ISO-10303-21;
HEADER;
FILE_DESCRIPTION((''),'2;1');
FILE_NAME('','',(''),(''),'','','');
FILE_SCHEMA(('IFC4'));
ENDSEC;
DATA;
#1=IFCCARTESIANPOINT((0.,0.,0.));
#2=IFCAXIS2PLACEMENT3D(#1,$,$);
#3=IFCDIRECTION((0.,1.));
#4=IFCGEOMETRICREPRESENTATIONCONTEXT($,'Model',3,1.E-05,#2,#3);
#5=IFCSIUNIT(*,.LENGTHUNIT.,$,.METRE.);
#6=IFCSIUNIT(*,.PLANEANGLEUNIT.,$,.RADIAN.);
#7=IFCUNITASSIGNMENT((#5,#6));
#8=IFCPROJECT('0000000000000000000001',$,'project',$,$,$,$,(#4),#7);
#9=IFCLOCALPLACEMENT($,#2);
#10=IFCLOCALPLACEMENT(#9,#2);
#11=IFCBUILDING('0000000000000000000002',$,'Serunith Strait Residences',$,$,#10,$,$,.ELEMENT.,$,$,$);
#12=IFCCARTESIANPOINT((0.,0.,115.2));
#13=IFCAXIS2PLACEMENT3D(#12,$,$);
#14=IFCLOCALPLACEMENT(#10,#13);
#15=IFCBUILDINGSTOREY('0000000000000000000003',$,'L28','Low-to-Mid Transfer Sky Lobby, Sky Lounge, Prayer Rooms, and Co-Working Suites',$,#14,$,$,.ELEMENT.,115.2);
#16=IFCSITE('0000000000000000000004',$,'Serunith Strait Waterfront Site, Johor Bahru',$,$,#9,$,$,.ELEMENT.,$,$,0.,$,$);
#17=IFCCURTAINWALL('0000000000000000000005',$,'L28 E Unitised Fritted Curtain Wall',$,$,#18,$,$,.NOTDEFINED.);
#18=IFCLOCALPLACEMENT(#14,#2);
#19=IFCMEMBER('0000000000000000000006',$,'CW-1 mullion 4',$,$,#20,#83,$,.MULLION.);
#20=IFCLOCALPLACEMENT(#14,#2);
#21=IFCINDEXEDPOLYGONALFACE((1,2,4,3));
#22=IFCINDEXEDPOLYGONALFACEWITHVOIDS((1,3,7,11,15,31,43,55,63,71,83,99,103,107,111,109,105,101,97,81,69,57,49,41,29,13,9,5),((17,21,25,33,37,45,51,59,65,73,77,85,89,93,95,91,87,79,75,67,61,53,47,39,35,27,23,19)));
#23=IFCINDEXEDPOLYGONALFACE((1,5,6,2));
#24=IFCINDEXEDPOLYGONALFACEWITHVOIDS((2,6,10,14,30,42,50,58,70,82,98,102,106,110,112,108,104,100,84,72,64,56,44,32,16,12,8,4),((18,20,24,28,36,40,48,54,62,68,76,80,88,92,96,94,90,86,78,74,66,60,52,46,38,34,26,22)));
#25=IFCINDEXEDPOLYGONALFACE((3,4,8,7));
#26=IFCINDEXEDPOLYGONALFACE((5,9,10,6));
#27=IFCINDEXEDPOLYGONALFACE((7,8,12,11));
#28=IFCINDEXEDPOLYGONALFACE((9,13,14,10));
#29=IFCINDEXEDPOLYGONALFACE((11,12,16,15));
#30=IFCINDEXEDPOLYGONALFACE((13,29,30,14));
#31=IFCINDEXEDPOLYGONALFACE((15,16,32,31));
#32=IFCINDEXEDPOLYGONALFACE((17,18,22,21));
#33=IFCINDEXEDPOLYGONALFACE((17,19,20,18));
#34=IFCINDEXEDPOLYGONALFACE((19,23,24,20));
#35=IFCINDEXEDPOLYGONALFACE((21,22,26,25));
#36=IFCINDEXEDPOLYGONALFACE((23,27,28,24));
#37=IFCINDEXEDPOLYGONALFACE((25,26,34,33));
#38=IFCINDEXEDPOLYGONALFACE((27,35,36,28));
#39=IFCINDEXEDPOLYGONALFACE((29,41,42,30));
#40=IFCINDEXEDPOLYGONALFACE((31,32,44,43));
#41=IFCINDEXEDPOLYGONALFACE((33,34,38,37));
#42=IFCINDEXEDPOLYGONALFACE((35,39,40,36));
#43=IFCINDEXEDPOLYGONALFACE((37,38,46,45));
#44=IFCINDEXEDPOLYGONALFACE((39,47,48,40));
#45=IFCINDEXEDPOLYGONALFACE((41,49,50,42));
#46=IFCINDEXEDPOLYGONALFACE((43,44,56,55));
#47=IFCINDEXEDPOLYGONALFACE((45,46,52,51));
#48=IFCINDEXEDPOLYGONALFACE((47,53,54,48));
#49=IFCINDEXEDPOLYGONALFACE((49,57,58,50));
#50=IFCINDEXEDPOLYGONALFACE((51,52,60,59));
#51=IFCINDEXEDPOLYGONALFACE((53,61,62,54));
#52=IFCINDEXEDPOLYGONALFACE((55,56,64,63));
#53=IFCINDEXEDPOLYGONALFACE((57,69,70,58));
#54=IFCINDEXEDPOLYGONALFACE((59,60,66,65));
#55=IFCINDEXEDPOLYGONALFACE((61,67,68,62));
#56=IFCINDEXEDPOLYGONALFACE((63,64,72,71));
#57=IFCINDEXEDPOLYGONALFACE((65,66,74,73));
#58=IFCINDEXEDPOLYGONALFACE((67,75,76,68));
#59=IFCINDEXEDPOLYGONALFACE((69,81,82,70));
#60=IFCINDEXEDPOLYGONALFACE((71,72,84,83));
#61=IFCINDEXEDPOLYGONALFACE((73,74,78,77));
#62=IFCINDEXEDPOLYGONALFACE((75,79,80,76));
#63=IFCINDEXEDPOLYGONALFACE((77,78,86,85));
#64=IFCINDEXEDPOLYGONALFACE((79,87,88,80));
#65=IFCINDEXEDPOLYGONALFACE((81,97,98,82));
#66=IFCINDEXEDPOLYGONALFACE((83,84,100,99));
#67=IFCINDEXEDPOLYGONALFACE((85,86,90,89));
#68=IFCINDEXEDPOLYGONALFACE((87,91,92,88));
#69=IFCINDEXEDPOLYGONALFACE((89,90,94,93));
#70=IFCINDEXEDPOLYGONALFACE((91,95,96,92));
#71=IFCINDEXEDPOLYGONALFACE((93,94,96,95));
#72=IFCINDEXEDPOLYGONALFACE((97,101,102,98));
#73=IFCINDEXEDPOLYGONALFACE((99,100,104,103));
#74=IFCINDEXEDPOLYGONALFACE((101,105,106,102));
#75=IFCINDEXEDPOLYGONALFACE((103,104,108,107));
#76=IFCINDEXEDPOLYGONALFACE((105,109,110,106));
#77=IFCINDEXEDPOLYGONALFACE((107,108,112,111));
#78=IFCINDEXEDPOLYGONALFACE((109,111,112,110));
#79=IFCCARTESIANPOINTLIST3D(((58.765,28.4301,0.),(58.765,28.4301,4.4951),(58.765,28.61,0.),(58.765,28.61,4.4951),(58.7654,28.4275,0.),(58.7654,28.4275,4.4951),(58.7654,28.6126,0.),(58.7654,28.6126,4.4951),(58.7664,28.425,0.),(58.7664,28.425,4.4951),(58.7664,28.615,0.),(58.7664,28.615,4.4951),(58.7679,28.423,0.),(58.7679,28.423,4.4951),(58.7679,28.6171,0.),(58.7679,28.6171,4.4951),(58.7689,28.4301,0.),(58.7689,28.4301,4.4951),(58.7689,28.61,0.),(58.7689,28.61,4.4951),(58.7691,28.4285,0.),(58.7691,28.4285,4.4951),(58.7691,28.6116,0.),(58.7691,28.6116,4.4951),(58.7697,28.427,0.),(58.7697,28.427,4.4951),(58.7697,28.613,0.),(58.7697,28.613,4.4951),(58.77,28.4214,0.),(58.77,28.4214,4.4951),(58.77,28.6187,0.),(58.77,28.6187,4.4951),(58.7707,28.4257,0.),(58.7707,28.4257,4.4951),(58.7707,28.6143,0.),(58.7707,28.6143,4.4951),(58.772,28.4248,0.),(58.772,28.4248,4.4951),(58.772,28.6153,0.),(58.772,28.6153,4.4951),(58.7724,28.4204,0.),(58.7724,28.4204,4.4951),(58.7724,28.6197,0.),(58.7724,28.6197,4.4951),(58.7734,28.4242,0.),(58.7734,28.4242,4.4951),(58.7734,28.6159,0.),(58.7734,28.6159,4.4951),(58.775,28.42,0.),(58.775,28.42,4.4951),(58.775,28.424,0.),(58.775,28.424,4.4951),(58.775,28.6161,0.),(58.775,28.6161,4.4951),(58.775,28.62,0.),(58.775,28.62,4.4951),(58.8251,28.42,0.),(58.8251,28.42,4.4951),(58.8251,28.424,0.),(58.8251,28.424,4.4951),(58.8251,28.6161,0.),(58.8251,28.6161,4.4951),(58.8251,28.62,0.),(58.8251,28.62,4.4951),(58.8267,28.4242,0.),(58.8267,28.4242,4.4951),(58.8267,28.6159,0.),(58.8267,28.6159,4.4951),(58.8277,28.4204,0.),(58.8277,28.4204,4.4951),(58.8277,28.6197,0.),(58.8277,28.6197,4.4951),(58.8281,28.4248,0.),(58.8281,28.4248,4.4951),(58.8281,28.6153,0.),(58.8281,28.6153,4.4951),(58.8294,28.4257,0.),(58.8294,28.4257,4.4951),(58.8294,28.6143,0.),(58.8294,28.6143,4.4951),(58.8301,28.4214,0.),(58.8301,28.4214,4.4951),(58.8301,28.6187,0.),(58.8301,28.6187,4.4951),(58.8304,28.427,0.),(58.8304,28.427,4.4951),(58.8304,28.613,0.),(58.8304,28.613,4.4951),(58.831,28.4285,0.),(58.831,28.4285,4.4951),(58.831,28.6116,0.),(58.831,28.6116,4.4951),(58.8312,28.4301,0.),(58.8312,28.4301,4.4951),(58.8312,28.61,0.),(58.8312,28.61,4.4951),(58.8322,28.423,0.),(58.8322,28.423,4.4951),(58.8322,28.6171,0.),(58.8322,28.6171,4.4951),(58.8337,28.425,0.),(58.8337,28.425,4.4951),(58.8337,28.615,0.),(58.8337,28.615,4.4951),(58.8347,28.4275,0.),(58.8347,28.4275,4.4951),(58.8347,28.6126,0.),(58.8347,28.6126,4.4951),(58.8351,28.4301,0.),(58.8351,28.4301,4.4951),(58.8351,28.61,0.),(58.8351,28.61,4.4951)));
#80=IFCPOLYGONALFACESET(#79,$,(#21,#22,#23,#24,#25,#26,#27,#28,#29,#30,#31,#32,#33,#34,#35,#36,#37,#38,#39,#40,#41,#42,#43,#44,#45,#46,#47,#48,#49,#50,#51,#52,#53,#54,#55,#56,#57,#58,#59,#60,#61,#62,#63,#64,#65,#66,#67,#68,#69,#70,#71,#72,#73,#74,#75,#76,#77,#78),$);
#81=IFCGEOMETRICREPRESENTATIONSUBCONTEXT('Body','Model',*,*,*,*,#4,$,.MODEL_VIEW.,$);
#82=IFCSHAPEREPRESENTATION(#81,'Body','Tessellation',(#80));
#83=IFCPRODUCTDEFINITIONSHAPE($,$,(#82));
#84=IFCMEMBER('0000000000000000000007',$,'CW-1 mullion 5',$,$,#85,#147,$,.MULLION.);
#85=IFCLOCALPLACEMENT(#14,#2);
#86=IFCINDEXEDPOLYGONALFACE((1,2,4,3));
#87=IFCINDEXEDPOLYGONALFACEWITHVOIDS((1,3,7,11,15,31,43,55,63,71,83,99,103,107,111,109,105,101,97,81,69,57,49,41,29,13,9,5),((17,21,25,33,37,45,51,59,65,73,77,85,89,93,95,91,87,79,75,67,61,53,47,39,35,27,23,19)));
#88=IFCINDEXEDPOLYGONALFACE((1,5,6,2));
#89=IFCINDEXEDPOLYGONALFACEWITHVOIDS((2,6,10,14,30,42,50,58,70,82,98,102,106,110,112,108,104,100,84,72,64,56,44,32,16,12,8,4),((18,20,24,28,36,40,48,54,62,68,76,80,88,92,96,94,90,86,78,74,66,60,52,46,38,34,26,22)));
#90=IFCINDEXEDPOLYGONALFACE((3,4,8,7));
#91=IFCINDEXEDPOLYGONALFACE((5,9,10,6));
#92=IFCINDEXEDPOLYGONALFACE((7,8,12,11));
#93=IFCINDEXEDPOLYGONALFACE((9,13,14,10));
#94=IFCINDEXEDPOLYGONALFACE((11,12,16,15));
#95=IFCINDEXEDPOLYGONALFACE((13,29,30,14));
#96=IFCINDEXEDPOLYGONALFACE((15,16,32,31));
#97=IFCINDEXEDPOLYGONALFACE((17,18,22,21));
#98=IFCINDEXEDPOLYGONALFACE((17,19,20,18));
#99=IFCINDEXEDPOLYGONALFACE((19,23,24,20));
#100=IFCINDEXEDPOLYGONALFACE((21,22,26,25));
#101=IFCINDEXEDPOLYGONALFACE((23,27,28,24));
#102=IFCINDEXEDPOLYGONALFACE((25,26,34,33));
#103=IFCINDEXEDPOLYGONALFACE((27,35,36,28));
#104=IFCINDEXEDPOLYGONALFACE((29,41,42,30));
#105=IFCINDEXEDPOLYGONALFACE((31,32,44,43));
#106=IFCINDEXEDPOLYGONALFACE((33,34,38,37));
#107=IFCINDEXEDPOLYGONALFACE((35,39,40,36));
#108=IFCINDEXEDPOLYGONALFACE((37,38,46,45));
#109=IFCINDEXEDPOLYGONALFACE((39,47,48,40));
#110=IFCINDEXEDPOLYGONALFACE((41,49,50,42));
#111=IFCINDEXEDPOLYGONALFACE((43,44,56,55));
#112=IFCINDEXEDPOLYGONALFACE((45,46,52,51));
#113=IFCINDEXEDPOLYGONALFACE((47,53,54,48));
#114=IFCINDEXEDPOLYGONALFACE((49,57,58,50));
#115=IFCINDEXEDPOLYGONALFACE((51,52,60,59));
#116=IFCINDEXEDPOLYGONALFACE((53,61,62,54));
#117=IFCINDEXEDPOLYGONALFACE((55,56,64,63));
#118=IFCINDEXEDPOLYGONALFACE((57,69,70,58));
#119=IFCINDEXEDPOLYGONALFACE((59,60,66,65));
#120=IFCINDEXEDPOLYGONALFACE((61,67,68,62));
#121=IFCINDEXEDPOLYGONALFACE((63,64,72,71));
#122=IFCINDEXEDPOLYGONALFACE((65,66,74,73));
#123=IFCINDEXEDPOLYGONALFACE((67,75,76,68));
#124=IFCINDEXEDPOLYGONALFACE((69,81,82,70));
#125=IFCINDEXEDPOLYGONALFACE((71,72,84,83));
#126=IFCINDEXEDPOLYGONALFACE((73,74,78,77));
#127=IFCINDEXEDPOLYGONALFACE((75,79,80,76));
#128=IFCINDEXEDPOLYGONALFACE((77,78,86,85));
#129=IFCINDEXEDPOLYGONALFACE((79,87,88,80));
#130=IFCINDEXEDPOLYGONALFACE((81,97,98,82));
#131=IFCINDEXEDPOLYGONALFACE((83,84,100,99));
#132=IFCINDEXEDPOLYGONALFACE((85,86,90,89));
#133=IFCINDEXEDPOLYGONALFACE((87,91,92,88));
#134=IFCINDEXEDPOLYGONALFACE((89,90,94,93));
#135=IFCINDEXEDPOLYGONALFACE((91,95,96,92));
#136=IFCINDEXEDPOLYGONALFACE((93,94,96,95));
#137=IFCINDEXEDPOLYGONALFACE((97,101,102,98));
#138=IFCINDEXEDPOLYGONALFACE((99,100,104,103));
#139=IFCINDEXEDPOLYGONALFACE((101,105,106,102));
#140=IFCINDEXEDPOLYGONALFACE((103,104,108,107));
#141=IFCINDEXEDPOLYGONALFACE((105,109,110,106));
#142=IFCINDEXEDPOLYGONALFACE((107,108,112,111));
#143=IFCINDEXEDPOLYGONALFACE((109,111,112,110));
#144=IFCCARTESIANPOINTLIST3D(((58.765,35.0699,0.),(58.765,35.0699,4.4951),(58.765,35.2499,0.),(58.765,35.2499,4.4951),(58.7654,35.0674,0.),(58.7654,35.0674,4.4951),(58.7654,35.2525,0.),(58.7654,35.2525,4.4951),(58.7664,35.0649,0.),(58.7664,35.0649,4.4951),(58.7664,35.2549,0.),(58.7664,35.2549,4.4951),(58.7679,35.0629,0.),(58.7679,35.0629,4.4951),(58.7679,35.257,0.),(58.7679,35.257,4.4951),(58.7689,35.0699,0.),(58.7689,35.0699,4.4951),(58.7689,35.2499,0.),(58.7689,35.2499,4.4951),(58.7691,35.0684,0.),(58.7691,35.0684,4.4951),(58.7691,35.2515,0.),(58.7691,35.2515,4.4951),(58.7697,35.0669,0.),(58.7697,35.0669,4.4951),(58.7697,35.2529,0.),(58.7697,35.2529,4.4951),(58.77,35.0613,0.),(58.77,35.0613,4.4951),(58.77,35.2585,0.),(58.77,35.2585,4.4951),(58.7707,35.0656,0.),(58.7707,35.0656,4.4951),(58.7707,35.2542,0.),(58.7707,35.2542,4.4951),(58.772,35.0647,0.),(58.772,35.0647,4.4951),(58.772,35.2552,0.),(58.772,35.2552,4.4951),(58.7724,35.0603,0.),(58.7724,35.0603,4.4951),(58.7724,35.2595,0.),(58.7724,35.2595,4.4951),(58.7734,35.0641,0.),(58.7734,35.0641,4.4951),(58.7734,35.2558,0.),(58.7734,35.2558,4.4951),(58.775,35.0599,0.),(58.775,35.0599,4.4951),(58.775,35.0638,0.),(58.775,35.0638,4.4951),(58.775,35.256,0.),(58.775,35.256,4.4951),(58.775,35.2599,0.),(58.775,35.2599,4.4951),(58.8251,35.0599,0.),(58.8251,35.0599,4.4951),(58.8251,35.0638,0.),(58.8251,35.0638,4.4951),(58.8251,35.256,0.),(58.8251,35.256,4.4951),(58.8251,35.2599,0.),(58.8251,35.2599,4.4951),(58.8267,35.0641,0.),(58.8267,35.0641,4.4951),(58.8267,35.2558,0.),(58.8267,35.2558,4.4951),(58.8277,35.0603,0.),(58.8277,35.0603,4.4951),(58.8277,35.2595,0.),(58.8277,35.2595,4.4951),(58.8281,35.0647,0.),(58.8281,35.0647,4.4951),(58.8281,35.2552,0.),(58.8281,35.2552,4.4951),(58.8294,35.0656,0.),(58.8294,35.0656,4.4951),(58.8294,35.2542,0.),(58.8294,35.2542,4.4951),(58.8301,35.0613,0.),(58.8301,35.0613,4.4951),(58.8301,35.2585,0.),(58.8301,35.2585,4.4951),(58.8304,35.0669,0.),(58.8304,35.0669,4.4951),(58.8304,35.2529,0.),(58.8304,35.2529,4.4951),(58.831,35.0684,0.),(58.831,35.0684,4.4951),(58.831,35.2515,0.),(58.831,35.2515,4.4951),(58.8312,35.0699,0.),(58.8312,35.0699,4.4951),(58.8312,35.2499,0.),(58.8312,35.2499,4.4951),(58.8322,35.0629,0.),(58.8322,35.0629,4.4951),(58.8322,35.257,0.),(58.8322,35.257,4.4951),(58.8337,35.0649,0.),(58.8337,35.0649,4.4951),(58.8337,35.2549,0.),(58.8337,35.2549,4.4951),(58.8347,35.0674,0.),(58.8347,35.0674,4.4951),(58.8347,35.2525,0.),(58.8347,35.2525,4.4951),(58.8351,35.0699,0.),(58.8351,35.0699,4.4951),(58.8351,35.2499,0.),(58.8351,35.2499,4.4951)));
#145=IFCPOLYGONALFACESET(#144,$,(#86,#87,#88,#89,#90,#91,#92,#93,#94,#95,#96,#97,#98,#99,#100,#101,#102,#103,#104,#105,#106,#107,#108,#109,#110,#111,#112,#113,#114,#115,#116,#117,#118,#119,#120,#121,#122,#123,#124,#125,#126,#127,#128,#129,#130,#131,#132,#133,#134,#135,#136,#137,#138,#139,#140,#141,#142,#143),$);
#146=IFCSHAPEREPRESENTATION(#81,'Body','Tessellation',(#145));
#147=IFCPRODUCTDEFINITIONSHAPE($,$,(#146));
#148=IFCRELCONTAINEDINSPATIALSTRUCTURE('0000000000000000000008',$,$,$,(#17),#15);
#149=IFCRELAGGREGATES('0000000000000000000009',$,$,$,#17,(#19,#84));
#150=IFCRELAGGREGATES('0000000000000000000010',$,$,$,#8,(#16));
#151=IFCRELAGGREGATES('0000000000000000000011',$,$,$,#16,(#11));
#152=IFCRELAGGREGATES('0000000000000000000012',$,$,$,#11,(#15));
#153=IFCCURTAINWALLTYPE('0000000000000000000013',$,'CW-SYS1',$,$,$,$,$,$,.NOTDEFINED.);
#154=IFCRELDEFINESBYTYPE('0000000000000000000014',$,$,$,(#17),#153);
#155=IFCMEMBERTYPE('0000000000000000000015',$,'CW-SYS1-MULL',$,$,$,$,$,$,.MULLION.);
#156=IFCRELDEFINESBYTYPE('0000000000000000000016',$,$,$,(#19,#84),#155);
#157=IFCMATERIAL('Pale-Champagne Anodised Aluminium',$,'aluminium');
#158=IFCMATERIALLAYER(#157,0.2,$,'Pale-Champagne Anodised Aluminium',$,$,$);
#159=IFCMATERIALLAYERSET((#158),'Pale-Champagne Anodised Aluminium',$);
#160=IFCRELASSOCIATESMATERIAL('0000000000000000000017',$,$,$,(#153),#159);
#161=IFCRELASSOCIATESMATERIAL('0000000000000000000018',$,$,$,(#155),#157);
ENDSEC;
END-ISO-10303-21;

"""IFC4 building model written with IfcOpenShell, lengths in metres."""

from ifc_helpers import new_model, si_unit, direction, frame, origin, origin_2d, place, context, subcontext, project, spatial, hollow_rectangle, extrude, source, transform, mapped, material, layer, layer_set, material_profile, profile_set, type_object, element, aggregate, save


model = new_model("IFC4")

# Units and contexts
model_context = context("Model", 3, precision=1e-05, world=origin(), true_north=direction((0.0, 1.0)))
body_context = subcontext(model_context, "Body", "Model", "MODEL_VIEW")
ifc_project = project(units=[si_unit("LENGTHUNIT", "METRE"), si_unit("PLANEANGLEUNIT", "RADIAN")], contexts=[model_context])

# Site, building, storey
site_placement = place(None, origin())
site = spatial("IfcSite", under=ifc_project, at=site_placement, Name="Serunith Strait Waterfront Site, Johor Bahru", CompositionType="ELEMENT", RefElevation=0.0)
building_placement = place(site_placement, origin())
building = spatial("IfcBuilding", under=site, at=building_placement, Name="Serunith Strait Residences", CompositionType="ELEMENT")
storey_placement = place(building_placement, frame((0.0, 0.0, 115.2)))
storey = spatial("IfcBuildingStorey", under=building, at=storey_placement, Name="L28", Description="Low-to-Mid Transfer Sky Lobby, Sky Lounge, Prayer Rooms, and Co-Working Suites", CompositionType="ELEMENT", Elevation=115.2)

# Curtain wall, members
ifc_material_1 = material(Name="Pale-Champagne Anodised Aluminium", Category="aluminium")
ifc_layer_1 = layer(ifc_material_1, 0.2, Name="Pale-Champagne Anodised Aluminium")
ifc_layer_set_1 = layer_set([ifc_layer_1], Name="Pale-Champagne Anodised Aluminium")
curtain_wall_type = type_object("IfcCurtainWallType", Name="CW-SYS1", PredefinedType="NOTDEFINED", material=ifc_layer_set_1)
curtain_wall_placement = place(storey_placement, origin())
curtain_wall = element("IfcCurtainWall", 1, at=curtain_wall_placement, inside=storey, type_object=curtain_wall_type, Name="L28 E Unitised Fritted Curtain Wall", PredefinedType="NOTDEFINED")
ifc_material_profile_1 = material_profile(ifc_material_1, hollow_rectangle(XDim=0.0701, YDim=0.2, WallThickness=0.0039, InnerFilletRadius=0.0061, OuterFilletRadius=0.01, at=origin_2d()), Name="ALU 200x70x4")
ifc_profile_set_1 = profile_set([ifc_material_profile_1], Name="Pale-Champagne Anodised Aluminium")
member_type_1 = type_object("IfcMemberType", Name="CW-SYS1-MULL", PredefinedType="MULLION", material=ifc_profile_set_1)
shared_shape_1 = source(origin(), body_context, "Body", "SweptSolid", [
    extrude(hollow_rectangle(XDim=0.0701, YDim=0.2, WallThickness=0.0039, InnerFilletRadius=0.0061, OuterFilletRadius=0.01, at=origin_2d()), origin(), (0.0, 0.0, 1.0), 4.4951),
])
member_1_placement = place(storey_placement, frame((58.8, 28.52, 0.0), z_axis=(0.0, 0.0, 1.0), x_axis=(-1.0, 0.0, 0.0)))
member_1 = element("IfcMember", 2, at=member_1_placement, type_object=member_type_1, Name="CW-1 mullion 4", PredefinedType="MULLION", context=body_context, shape_type="MappedRepresentation", body=[
    mapped(shared_shape_1, transform((0.0, 0.0, 0.0), scale=1.0)),
])
member_2_placement = place(storey_placement, frame((58.8, 35.1599, 0.0), z_axis=(0.0, 0.0, 1.0), x_axis=(-1.0, 0.0, 0.0)))
member_2 = element("IfcMember", 3, at=member_2_placement, type_object=member_type_1, Name="CW-1 mullion 5", PredefinedType="MULLION", context=body_context, shape_type="MappedRepresentation", body=[
    mapped(shared_shape_1, transform((0.0, 0.0, 0.0), scale=1.0)),
])
aggregate(curtain_wall, [member_1, member_2])

save(model, "model.ifc")
